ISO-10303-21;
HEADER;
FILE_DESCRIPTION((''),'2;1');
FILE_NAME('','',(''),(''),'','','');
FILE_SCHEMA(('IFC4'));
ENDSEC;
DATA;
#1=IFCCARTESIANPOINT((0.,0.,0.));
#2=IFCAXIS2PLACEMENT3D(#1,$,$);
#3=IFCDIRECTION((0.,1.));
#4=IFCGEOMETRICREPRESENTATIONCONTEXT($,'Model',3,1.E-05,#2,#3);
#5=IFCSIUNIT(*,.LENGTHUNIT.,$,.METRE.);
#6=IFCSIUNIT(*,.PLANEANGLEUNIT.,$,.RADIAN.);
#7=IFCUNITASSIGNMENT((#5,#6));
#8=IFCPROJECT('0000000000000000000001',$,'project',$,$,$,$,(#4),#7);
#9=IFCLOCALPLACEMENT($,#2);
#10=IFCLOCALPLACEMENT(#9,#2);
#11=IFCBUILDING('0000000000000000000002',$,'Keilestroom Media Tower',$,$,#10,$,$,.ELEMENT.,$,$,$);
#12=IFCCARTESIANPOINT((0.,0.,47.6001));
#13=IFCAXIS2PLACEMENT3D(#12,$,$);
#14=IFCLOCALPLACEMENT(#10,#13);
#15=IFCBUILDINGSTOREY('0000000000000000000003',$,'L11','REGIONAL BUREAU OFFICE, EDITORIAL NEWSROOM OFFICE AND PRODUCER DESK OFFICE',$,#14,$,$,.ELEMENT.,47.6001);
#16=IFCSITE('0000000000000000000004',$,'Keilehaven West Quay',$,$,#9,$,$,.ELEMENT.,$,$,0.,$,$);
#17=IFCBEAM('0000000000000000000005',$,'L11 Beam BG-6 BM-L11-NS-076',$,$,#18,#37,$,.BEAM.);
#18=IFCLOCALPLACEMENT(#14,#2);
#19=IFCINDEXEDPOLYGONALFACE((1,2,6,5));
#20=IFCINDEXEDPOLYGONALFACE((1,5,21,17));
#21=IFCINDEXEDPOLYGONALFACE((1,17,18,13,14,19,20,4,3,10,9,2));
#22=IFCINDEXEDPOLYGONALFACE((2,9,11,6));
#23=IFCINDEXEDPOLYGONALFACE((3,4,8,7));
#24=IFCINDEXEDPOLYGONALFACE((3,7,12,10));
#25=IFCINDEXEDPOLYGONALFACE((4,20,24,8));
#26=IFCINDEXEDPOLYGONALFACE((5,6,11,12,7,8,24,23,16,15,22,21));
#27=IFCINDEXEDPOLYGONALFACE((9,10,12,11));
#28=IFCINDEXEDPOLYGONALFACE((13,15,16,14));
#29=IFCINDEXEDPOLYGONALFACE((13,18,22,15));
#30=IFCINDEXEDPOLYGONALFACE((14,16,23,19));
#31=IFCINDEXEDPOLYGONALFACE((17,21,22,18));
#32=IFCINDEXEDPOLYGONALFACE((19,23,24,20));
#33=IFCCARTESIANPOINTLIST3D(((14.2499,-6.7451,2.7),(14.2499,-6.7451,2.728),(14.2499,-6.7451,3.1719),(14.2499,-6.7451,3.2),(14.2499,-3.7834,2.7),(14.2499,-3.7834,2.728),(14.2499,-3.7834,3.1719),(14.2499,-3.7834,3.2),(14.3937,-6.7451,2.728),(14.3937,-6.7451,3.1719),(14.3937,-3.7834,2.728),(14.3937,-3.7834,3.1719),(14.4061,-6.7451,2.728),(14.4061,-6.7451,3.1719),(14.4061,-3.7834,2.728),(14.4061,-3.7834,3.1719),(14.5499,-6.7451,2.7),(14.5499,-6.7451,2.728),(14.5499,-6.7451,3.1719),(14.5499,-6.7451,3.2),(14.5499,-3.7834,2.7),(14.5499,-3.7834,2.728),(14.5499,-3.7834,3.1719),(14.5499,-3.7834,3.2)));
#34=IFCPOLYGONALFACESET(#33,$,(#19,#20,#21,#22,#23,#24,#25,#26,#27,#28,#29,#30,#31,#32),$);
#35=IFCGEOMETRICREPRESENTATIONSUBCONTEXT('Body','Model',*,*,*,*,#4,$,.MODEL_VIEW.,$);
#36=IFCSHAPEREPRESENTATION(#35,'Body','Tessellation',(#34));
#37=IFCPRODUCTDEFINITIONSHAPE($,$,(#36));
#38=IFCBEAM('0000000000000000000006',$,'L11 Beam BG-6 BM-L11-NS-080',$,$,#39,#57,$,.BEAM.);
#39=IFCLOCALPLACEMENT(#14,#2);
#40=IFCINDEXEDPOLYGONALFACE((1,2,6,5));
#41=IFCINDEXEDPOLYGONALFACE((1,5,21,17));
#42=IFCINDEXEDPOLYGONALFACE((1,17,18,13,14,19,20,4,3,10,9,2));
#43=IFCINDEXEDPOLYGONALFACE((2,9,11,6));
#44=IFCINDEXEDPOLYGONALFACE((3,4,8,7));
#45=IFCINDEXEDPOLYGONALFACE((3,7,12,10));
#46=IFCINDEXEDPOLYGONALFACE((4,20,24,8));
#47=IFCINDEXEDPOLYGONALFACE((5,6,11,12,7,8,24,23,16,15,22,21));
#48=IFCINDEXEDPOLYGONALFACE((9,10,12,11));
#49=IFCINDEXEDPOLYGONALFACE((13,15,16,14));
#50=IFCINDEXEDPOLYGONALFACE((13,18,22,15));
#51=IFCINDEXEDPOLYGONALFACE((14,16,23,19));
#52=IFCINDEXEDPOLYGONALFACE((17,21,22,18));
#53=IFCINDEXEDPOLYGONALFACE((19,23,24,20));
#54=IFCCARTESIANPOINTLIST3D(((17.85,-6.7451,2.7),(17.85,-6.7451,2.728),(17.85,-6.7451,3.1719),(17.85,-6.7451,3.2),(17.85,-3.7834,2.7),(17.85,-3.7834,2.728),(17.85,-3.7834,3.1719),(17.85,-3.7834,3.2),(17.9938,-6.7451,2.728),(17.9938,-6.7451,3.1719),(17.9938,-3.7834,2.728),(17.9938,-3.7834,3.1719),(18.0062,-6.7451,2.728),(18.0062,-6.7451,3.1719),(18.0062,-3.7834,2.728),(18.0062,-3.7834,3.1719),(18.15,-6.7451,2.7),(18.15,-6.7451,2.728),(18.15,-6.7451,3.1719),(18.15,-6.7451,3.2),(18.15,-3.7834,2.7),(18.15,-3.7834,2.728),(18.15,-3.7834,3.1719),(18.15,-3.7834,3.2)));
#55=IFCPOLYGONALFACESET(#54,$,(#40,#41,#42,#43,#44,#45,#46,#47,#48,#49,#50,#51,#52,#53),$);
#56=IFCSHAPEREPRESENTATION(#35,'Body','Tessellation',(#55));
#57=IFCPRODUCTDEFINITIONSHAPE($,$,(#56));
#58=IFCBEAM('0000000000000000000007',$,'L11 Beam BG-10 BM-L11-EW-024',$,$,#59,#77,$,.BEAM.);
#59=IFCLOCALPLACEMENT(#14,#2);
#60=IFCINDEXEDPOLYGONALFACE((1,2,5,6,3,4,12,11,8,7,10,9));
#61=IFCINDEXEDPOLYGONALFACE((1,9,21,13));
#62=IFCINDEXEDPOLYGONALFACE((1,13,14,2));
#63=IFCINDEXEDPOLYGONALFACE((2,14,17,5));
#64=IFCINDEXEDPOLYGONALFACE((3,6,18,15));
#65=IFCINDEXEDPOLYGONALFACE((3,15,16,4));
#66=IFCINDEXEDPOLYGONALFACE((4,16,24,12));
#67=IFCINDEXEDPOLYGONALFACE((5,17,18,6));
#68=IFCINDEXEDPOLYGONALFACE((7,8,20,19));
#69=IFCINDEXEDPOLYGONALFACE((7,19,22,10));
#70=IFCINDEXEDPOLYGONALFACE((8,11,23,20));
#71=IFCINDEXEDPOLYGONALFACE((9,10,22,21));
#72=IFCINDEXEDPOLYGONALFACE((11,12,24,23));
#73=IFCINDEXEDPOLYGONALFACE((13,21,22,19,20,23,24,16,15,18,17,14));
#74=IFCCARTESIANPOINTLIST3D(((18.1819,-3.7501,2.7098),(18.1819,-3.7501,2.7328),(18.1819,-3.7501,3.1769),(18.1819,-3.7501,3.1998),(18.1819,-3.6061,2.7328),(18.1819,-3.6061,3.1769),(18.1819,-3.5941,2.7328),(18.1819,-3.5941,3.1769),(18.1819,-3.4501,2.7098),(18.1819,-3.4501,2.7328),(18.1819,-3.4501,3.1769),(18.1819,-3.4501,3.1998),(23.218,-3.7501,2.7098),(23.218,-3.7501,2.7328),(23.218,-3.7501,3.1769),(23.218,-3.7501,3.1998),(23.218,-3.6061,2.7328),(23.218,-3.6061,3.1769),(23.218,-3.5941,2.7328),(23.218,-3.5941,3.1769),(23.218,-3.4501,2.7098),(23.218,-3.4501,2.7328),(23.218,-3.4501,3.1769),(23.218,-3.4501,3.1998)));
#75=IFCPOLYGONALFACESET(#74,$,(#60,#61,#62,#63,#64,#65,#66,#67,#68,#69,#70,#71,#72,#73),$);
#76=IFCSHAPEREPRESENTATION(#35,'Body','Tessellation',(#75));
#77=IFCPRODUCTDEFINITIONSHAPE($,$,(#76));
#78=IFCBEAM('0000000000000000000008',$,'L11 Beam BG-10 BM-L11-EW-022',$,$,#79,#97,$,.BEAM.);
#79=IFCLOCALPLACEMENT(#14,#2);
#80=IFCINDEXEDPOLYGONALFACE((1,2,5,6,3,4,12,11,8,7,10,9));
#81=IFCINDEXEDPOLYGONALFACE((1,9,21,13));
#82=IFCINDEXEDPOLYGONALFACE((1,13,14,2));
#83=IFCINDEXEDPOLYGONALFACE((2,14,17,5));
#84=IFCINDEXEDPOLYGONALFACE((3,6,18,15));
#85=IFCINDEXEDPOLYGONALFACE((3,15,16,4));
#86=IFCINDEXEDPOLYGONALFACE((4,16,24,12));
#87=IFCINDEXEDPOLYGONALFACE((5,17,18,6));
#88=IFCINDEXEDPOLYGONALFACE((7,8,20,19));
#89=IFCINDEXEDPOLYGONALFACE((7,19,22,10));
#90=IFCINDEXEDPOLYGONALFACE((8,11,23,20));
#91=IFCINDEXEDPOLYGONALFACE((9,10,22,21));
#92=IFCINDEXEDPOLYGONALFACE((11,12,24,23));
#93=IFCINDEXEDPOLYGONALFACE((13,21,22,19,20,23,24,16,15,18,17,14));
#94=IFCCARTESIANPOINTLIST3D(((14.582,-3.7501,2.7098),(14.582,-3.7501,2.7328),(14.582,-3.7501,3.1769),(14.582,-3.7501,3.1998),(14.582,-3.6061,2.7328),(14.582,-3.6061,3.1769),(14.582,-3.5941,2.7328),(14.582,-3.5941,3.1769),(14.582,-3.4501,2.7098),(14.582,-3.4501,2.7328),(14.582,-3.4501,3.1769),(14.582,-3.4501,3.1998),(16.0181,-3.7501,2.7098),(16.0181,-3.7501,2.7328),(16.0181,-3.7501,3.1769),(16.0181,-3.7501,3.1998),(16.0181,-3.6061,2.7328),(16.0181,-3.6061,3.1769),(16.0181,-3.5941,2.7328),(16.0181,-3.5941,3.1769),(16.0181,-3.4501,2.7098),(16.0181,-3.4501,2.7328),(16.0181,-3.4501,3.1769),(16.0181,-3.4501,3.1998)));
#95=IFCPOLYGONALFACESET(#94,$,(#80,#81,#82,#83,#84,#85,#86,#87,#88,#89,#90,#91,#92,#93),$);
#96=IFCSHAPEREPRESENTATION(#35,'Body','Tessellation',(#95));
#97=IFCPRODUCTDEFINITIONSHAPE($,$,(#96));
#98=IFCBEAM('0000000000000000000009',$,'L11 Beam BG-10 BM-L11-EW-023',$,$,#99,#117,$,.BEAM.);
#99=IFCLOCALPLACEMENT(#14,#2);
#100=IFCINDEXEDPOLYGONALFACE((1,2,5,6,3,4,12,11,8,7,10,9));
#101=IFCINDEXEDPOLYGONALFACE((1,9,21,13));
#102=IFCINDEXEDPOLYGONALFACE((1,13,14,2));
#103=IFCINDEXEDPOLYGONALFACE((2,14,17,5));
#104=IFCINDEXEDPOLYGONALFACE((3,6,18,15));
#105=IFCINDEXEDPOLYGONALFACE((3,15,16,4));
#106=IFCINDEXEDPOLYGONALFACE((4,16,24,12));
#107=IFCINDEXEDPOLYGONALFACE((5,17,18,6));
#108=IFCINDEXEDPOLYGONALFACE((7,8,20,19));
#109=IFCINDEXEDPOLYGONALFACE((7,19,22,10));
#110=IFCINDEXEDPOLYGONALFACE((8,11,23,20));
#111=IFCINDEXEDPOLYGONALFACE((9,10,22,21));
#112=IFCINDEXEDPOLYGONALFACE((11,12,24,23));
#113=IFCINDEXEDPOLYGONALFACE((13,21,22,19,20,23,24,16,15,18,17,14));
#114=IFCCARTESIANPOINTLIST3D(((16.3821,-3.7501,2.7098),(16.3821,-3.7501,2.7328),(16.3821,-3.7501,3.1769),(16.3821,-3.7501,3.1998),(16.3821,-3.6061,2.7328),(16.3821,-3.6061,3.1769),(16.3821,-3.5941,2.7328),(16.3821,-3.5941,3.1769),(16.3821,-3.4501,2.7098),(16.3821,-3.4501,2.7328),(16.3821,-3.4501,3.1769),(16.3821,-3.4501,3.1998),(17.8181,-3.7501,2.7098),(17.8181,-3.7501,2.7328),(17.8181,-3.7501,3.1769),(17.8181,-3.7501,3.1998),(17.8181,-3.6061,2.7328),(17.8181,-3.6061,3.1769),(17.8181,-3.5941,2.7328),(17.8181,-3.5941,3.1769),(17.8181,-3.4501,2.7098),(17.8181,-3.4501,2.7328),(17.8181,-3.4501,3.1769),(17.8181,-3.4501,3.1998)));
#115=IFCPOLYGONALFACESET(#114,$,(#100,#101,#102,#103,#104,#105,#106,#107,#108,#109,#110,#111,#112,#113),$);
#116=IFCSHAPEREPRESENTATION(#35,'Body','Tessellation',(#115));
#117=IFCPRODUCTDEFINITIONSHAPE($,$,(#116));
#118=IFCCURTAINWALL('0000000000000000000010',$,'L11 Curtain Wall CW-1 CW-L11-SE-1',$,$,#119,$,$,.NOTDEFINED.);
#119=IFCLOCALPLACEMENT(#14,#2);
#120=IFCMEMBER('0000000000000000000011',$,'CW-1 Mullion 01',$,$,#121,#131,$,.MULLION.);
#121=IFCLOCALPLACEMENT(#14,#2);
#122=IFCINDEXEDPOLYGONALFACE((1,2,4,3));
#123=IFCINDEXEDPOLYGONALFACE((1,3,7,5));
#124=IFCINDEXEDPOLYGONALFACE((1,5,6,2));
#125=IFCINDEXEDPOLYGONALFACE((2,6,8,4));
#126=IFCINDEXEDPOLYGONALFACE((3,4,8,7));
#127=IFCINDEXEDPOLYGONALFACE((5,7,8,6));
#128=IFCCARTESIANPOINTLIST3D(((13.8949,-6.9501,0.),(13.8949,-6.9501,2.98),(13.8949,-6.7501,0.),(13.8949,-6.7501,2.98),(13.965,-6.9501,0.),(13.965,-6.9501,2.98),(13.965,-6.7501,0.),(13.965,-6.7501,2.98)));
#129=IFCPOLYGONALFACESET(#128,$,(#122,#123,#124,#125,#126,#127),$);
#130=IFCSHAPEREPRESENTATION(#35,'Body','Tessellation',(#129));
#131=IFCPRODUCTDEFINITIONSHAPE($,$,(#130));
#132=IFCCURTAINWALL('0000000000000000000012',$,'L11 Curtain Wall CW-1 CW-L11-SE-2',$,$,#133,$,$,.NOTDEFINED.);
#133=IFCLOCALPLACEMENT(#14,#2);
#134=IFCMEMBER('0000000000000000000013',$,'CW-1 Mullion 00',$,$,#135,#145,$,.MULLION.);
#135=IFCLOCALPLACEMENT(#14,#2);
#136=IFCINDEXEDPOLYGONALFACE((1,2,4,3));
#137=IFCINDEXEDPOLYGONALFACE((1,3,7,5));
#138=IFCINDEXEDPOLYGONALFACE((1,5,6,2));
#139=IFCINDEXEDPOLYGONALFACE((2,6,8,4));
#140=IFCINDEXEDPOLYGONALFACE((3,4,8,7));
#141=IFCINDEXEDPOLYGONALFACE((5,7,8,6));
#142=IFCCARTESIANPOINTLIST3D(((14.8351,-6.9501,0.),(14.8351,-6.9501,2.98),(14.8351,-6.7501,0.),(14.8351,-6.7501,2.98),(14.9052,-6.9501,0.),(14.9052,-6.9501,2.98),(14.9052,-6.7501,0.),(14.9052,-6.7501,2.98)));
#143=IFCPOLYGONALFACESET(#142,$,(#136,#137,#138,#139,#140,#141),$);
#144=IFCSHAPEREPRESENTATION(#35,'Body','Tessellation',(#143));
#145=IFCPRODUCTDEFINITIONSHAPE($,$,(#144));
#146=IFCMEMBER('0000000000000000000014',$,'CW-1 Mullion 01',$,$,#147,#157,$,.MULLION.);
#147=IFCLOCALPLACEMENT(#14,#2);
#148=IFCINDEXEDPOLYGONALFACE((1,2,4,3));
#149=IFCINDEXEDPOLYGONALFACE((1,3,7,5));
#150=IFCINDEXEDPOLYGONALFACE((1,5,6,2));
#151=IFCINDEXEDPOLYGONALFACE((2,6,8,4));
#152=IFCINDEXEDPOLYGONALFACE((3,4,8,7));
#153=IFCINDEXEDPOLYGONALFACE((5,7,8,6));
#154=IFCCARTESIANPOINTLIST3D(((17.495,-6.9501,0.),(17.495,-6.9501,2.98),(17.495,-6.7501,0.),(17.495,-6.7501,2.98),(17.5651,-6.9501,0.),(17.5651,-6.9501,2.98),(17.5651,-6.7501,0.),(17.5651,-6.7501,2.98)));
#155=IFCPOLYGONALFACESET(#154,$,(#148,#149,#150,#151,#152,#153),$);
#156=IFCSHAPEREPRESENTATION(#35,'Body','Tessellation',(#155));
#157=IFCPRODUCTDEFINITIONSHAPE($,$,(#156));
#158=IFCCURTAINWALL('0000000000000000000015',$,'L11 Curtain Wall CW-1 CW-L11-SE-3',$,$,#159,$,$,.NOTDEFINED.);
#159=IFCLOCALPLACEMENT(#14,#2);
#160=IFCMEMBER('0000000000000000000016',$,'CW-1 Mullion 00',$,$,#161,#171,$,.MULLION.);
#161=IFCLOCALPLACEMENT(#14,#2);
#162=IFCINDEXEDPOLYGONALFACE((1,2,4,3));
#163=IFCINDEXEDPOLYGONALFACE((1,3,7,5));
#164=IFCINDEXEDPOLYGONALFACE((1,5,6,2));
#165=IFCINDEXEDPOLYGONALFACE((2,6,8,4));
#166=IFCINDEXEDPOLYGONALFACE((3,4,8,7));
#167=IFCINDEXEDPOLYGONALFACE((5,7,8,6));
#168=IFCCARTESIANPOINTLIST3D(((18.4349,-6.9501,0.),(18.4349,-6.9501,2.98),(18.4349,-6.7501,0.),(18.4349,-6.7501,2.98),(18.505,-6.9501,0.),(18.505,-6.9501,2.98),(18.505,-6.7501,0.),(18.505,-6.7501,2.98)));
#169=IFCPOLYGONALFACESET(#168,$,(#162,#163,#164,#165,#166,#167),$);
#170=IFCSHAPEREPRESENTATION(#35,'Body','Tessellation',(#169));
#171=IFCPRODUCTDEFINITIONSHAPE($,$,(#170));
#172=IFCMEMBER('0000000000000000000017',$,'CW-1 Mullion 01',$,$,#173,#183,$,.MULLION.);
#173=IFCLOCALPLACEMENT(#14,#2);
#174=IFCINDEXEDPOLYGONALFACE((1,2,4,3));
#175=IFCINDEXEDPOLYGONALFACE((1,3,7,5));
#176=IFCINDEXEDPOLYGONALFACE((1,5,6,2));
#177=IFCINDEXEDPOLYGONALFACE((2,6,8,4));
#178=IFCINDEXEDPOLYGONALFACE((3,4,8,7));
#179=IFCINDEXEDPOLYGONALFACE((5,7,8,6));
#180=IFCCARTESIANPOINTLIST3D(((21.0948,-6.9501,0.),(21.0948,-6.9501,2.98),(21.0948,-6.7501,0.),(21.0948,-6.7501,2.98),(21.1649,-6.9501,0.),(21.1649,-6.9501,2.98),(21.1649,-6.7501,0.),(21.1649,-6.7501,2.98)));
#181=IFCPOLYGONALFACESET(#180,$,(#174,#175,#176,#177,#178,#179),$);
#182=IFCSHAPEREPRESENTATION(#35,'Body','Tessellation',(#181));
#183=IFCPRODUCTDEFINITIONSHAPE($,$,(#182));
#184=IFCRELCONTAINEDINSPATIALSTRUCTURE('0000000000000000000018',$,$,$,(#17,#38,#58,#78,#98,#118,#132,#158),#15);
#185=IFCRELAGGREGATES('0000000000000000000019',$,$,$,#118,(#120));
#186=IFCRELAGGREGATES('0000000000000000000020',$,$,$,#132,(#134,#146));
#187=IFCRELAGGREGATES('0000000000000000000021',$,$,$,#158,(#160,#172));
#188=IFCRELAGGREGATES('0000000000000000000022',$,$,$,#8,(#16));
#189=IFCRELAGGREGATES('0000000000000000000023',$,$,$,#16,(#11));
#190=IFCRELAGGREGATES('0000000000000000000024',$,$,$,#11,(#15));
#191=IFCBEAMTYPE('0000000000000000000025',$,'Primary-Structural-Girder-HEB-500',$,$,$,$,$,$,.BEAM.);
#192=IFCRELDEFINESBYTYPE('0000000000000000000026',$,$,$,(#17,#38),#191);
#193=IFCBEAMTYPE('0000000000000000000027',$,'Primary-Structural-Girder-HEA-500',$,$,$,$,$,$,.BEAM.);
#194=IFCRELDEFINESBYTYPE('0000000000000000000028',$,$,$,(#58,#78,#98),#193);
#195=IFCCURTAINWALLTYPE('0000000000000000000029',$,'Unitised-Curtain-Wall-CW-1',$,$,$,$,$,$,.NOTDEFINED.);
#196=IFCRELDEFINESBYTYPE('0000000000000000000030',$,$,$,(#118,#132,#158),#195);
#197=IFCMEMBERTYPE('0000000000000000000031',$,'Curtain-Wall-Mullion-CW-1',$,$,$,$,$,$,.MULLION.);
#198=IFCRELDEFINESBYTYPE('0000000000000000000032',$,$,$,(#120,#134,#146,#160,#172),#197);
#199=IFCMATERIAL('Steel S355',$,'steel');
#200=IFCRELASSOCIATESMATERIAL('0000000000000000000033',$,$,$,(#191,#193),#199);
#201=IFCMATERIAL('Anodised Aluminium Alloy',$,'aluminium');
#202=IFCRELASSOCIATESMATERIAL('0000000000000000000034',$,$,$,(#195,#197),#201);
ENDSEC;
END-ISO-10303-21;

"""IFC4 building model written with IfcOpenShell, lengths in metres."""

from ifc_helpers import new_model, si_unit, direction, frame, origin, origin_2d, place, context, subcontext, project, spatial, rectangle, i_section, extrude, source, transform, mapped, material, material_profile, profile_set, type_object, element, aggregate, save


model = new_model("IFC4")

# Units and contexts
model_context = context("Model", 3, precision=1e-05, world=origin(), true_north=direction((0.0, 1.0)))
body_context = subcontext(model_context, "Body", "Model", "MODEL_VIEW")
ifc_project = project(units=[si_unit("LENGTHUNIT", "METRE"), si_unit("PLANEANGLEUNIT", "RADIAN")], contexts=[model_context])

# Site, building, storey
site_placement = place(None, origin())
site = spatial("IfcSite", under=ifc_project, at=site_placement, Name="Keilehaven West Quay", CompositionType="ELEMENT", RefElevation=0.0)
building_placement = place(site_placement, origin())
building = spatial("IfcBuilding", under=site, at=building_placement, Name="Keilestroom Media Tower", CompositionType="ELEMENT")
storey_placement = place(building_placement, frame((0.0, 0.0, 47.6001)))
storey = spatial("IfcBuildingStorey", under=building, at=storey_placement, Name="L11", Description="REGIONAL BUREAU OFFICE, EDITORIAL NEWSROOM OFFICE AND PRODUCER DESK OFFICE", CompositionType="ELEMENT", Elevation=47.6001)

# Beams
ifc_material_1 = material(Name="Steel S355", Category="steel")
ifc_material_profile_1 = material_profile(ifc_material_1, i_section(OverallWidth=0.3, OverallDepth=0.5, WebThickness=0.0125, FlangeThickness=0.0281, at=origin_2d()), Name="HEB 500")
ifc_profile_set_1 = profile_set([ifc_material_profile_1], Name="Steel S355")
beam_type_1 = type_object("IfcBeamType", Name="Primary-Structural-Girder-HEB-500", PredefinedType="BEAM", material=ifc_profile_set_1)
shared_shape_1 = source(origin(), body_context, "Body", "SweptSolid", [
    extrude(i_section(OverallWidth=0.3, OverallDepth=0.5, WebThickness=0.0125, FlangeThickness=0.0281, at=origin_2d()), origin(), (0.0, 0.0, 1.0), 2.9617),
])
for number, where, z_axis, x_axis, name in (
    (1, (14.3999, -6.7451, 2.95), (0.0, 1.0, 0.0), (-1.0, 0.0, 0.0), "L11 Beam BG-6 BM-L11-NS-076"),
    (2, (18.0, -6.7451, 2.95), (0.0, 1.0, 0.0), (-1.0, 0.0, 0.0), "L11 Beam BG-6 BM-L11-NS-080"),
):
    element("IfcBeam", number, at=place(storey_placement, frame(where, z_axis=z_axis, x_axis=x_axis)), inside=storey, type_object=beam_type_1, Name=name, PredefinedType="BEAM", context=body_context, shape_type="MappedRepresentation", body=[
        mapped(shared_shape_1, transform((0.0, 0.0, 0.0), x_axis=(1.0, 0.0, 0.0), y_axis=(0.0, 1.0, 0.0), z_axis=(0.0, 0.0, 1.0), scale=1.0)),
    ])
ifc_material_profile_2 = material_profile(ifc_material_1, i_section(OverallWidth=0.3, OverallDepth=0.49, WebThickness=0.012, FlangeThickness=0.0229, at=origin_2d()), Name="HEA 500")
ifc_profile_set_2 = profile_set([ifc_material_profile_2], Name="Steel S355")
beam_type_2 = type_object("IfcBeamType", Name="Primary-Structural-Girder-HEA-500", PredefinedType="BEAM", material=ifc_profile_set_2)
shared_shape_2 = source(origin(), body_context, "Body", "SweptSolid", [
    extrude(i_section(OverallWidth=0.3, OverallDepth=0.49, WebThickness=0.012, FlangeThickness=0.0229, at=origin_2d()), origin(), (0.0, 0.0, 1.0), 5.0361),
])
beam_placement = place(storey_placement, frame((18.1819, -3.6001, 2.9548), z_axis=(1.0, 0.0, 0.0), x_axis=(0.0, 1.0, 0.0)))
element("IfcBeam", 3, at=beam_placement, inside=storey, type_object=beam_type_2, Name="L11 Beam BG-10 BM-L11-EW-024", PredefinedType="BEAM", context=body_context, shape_type="MappedRepresentation", body=[
    mapped(shared_shape_2, transform((0.0, 0.0, 0.0), x_axis=(1.0, 0.0, 0.0), y_axis=(0.0, 1.0, 0.0), z_axis=(0.0, 0.0, 1.0), scale=1.0)),
])
shared_shape_3 = source(origin(), body_context, "Body", "SweptSolid", [
    extrude(i_section(OverallWidth=0.3, OverallDepth=0.49, WebThickness=0.012, FlangeThickness=0.0229, at=origin_2d()), origin(), (0.0, 0.0, 1.0), 1.436),
])
for number, where, z_axis, x_axis, name in (
    (4, (14.582, -3.6001, 2.9548), (1.0, 0.0, 0.0), (0.0, 1.0, 0.0), "L11 Beam BG-10 BM-L11-EW-022"),
    (5, (16.3821, -3.6001, 2.9548), (1.0, 0.0, 0.0), (0.0, 1.0, 0.0), "L11 Beam BG-10 BM-L11-EW-023"),
):
    element("IfcBeam", number, at=place(storey_placement, frame(where, z_axis=z_axis, x_axis=x_axis)), inside=storey, type_object=beam_type_2, Name=name, PredefinedType="BEAM", context=body_context, shape_type="MappedRepresentation", body=[
        mapped(shared_shape_3, transform((0.0, 0.0, 0.0), x_axis=(1.0, 0.0, 0.0), y_axis=(0.0, 1.0, 0.0), z_axis=(0.0, 0.0, 1.0), scale=1.0)),
    ])

# Curtain wall, member
ifc_material_2 = material(Name="Anodised Aluminium Alloy", Category="aluminium")
curtain_wall_type = type_object("IfcCurtainWallType", Name="Unitised-Curtain-Wall-CW-1", PredefinedType="NOTDEFINED", material=ifc_material_2)
curtain_wall_1_placement = place(storey_placement, origin())
curtain_wall_1 = element("IfcCurtainWall", 6, at=curtain_wall_1_placement, inside=storey, type_object=curtain_wall_type, Name="L11 Curtain Wall CW-1 CW-L11-SE-1", PredefinedType="NOTDEFINED")
ifc_material_profile_3 = material_profile(ifc_material_2, rectangle(XDim=0.0701, YDim=0.2, at=origin_2d()), Name="ALU MULLION 70x200")
ifc_profile_set_3 = profile_set([ifc_material_profile_3], Name="Anodised Aluminium Alloy")
member_type_1 = type_object("IfcMemberType", Name="Curtain-Wall-Mullion-CW-1", PredefinedType="MULLION", material=ifc_profile_set_3)
shared_shape_4 = source(origin(), body_context, "Body", "SweptSolid", [
    extrude(rectangle(XDim=0.0701, YDim=0.2, at=origin_2d()), origin(), (0.0, 0.0, 1.0), 2.98),
])
member_1_placement = place(storey_placement, frame((13.9299, -6.8501, 0.0), z_axis=(0.0, 0.0, 1.0), x_axis=(1.0, 0.0, 0.0)))
member_1 = element("IfcMember", 7, at=member_1_placement, type_object=member_type_1, Name="CW-1 Mullion 01", PredefinedType="MULLION", context=body_context, shape_type="MappedRepresentation", body=[
    mapped(shared_shape_4, transform((0.0, 0.0, 0.0), x_axis=(1.0, 0.0, 0.0), y_axis=(0.0, 1.0, 0.0), z_axis=(0.0, 0.0, 1.0), scale=1.0)),
])
aggregate(curtain_wall_1, [member_1])

# Curtain walls, members
curtain_wall_2_placement = place(storey_placement, origin())
curtain_wall_2 = element("IfcCurtainWall", 8, at=curtain_wall_2_placement, inside=storey, type_object=curtain_wall_type, Name="L11 Curtain Wall CW-1 CW-L11-SE-2", PredefinedType="NOTDEFINED")
member_2_placement = place(storey_placement, frame((14.8701, -6.8501, 0.0), z_axis=(0.0, 0.0, 1.0), x_axis=(1.0, 0.0, 0.0)))
member_2 = element("IfcMember", 9, at=member_2_placement, type_object=member_type_1, Name="CW-1 Mullion 00", PredefinedType="MULLION", context=body_context, shape_type="MappedRepresentation", body=[
    mapped(shared_shape_4, transform((0.0, 0.0, 0.0), x_axis=(1.0, 0.0, 0.0), y_axis=(0.0, 1.0, 0.0), z_axis=(0.0, 0.0, 1.0), scale=1.0)),
])
member_3_placement = place(storey_placement, frame((17.53, -6.8501, 0.0), z_axis=(0.0, 0.0, 1.0), x_axis=(1.0, 0.0, 0.0)))
member_3 = element("IfcMember", 10, at=member_3_placement, type_object=member_type_1, Name="CW-1 Mullion 01", PredefinedType="MULLION", context=body_context, shape_type="MappedRepresentation", body=[
    mapped(shared_shape_4, transform((0.0, 0.0, 0.0), x_axis=(1.0, 0.0, 0.0), y_axis=(0.0, 1.0, 0.0), z_axis=(0.0, 0.0, 1.0), scale=1.0)),
])
curtain_wall_3_placement = place(storey_placement, origin())
curtain_wall_3 = element("IfcCurtainWall", 11, at=curtain_wall_3_placement, inside=storey, type_object=curtain_wall_type, Name="L11 Curtain Wall CW-1 CW-L11-SE-3", PredefinedType="NOTDEFINED")
member_4_placement = place(storey_placement, frame((18.47, -6.8501, 0.0), z_axis=(0.0, 0.0, 1.0), x_axis=(1.0, 0.0, 0.0)))
member_4 = element("IfcMember", 12, at=member_4_placement, type_object=member_type_1, Name="CW-1 Mullion 00", PredefinedType="MULLION", context=body_context, shape_type="MappedRepresentation", body=[
    mapped(shared_shape_4, transform((0.0, 0.0, 0.0), x_axis=(1.0, 0.0, 0.0), y_axis=(0.0, 1.0, 0.0), z_axis=(0.0, 0.0, 1.0), scale=1.0)),
])
member_5_placement = place(storey_placement, frame((21.1299, -6.8501, 0.0), z_axis=(0.0, 0.0, 1.0), x_axis=(1.0, 0.0, 0.0)))
member_5 = element("IfcMember", 13, at=member_5_placement, type_object=member_type_1, Name="CW-1 Mullion 01", PredefinedType="MULLION", context=body_context, shape_type="MappedRepresentation", body=[
    mapped(shared_shape_4, transform((0.0, 0.0, 0.0), x_axis=(1.0, 0.0, 0.0), y_axis=(0.0, 1.0, 0.0), z_axis=(0.0, 0.0, 1.0), scale=1.0)),
])

aggregate(curtain_wall_2, [member_2, member_3])
aggregate(curtain_wall_3, [member_4, member_5])

save(model, "model.ifc")
